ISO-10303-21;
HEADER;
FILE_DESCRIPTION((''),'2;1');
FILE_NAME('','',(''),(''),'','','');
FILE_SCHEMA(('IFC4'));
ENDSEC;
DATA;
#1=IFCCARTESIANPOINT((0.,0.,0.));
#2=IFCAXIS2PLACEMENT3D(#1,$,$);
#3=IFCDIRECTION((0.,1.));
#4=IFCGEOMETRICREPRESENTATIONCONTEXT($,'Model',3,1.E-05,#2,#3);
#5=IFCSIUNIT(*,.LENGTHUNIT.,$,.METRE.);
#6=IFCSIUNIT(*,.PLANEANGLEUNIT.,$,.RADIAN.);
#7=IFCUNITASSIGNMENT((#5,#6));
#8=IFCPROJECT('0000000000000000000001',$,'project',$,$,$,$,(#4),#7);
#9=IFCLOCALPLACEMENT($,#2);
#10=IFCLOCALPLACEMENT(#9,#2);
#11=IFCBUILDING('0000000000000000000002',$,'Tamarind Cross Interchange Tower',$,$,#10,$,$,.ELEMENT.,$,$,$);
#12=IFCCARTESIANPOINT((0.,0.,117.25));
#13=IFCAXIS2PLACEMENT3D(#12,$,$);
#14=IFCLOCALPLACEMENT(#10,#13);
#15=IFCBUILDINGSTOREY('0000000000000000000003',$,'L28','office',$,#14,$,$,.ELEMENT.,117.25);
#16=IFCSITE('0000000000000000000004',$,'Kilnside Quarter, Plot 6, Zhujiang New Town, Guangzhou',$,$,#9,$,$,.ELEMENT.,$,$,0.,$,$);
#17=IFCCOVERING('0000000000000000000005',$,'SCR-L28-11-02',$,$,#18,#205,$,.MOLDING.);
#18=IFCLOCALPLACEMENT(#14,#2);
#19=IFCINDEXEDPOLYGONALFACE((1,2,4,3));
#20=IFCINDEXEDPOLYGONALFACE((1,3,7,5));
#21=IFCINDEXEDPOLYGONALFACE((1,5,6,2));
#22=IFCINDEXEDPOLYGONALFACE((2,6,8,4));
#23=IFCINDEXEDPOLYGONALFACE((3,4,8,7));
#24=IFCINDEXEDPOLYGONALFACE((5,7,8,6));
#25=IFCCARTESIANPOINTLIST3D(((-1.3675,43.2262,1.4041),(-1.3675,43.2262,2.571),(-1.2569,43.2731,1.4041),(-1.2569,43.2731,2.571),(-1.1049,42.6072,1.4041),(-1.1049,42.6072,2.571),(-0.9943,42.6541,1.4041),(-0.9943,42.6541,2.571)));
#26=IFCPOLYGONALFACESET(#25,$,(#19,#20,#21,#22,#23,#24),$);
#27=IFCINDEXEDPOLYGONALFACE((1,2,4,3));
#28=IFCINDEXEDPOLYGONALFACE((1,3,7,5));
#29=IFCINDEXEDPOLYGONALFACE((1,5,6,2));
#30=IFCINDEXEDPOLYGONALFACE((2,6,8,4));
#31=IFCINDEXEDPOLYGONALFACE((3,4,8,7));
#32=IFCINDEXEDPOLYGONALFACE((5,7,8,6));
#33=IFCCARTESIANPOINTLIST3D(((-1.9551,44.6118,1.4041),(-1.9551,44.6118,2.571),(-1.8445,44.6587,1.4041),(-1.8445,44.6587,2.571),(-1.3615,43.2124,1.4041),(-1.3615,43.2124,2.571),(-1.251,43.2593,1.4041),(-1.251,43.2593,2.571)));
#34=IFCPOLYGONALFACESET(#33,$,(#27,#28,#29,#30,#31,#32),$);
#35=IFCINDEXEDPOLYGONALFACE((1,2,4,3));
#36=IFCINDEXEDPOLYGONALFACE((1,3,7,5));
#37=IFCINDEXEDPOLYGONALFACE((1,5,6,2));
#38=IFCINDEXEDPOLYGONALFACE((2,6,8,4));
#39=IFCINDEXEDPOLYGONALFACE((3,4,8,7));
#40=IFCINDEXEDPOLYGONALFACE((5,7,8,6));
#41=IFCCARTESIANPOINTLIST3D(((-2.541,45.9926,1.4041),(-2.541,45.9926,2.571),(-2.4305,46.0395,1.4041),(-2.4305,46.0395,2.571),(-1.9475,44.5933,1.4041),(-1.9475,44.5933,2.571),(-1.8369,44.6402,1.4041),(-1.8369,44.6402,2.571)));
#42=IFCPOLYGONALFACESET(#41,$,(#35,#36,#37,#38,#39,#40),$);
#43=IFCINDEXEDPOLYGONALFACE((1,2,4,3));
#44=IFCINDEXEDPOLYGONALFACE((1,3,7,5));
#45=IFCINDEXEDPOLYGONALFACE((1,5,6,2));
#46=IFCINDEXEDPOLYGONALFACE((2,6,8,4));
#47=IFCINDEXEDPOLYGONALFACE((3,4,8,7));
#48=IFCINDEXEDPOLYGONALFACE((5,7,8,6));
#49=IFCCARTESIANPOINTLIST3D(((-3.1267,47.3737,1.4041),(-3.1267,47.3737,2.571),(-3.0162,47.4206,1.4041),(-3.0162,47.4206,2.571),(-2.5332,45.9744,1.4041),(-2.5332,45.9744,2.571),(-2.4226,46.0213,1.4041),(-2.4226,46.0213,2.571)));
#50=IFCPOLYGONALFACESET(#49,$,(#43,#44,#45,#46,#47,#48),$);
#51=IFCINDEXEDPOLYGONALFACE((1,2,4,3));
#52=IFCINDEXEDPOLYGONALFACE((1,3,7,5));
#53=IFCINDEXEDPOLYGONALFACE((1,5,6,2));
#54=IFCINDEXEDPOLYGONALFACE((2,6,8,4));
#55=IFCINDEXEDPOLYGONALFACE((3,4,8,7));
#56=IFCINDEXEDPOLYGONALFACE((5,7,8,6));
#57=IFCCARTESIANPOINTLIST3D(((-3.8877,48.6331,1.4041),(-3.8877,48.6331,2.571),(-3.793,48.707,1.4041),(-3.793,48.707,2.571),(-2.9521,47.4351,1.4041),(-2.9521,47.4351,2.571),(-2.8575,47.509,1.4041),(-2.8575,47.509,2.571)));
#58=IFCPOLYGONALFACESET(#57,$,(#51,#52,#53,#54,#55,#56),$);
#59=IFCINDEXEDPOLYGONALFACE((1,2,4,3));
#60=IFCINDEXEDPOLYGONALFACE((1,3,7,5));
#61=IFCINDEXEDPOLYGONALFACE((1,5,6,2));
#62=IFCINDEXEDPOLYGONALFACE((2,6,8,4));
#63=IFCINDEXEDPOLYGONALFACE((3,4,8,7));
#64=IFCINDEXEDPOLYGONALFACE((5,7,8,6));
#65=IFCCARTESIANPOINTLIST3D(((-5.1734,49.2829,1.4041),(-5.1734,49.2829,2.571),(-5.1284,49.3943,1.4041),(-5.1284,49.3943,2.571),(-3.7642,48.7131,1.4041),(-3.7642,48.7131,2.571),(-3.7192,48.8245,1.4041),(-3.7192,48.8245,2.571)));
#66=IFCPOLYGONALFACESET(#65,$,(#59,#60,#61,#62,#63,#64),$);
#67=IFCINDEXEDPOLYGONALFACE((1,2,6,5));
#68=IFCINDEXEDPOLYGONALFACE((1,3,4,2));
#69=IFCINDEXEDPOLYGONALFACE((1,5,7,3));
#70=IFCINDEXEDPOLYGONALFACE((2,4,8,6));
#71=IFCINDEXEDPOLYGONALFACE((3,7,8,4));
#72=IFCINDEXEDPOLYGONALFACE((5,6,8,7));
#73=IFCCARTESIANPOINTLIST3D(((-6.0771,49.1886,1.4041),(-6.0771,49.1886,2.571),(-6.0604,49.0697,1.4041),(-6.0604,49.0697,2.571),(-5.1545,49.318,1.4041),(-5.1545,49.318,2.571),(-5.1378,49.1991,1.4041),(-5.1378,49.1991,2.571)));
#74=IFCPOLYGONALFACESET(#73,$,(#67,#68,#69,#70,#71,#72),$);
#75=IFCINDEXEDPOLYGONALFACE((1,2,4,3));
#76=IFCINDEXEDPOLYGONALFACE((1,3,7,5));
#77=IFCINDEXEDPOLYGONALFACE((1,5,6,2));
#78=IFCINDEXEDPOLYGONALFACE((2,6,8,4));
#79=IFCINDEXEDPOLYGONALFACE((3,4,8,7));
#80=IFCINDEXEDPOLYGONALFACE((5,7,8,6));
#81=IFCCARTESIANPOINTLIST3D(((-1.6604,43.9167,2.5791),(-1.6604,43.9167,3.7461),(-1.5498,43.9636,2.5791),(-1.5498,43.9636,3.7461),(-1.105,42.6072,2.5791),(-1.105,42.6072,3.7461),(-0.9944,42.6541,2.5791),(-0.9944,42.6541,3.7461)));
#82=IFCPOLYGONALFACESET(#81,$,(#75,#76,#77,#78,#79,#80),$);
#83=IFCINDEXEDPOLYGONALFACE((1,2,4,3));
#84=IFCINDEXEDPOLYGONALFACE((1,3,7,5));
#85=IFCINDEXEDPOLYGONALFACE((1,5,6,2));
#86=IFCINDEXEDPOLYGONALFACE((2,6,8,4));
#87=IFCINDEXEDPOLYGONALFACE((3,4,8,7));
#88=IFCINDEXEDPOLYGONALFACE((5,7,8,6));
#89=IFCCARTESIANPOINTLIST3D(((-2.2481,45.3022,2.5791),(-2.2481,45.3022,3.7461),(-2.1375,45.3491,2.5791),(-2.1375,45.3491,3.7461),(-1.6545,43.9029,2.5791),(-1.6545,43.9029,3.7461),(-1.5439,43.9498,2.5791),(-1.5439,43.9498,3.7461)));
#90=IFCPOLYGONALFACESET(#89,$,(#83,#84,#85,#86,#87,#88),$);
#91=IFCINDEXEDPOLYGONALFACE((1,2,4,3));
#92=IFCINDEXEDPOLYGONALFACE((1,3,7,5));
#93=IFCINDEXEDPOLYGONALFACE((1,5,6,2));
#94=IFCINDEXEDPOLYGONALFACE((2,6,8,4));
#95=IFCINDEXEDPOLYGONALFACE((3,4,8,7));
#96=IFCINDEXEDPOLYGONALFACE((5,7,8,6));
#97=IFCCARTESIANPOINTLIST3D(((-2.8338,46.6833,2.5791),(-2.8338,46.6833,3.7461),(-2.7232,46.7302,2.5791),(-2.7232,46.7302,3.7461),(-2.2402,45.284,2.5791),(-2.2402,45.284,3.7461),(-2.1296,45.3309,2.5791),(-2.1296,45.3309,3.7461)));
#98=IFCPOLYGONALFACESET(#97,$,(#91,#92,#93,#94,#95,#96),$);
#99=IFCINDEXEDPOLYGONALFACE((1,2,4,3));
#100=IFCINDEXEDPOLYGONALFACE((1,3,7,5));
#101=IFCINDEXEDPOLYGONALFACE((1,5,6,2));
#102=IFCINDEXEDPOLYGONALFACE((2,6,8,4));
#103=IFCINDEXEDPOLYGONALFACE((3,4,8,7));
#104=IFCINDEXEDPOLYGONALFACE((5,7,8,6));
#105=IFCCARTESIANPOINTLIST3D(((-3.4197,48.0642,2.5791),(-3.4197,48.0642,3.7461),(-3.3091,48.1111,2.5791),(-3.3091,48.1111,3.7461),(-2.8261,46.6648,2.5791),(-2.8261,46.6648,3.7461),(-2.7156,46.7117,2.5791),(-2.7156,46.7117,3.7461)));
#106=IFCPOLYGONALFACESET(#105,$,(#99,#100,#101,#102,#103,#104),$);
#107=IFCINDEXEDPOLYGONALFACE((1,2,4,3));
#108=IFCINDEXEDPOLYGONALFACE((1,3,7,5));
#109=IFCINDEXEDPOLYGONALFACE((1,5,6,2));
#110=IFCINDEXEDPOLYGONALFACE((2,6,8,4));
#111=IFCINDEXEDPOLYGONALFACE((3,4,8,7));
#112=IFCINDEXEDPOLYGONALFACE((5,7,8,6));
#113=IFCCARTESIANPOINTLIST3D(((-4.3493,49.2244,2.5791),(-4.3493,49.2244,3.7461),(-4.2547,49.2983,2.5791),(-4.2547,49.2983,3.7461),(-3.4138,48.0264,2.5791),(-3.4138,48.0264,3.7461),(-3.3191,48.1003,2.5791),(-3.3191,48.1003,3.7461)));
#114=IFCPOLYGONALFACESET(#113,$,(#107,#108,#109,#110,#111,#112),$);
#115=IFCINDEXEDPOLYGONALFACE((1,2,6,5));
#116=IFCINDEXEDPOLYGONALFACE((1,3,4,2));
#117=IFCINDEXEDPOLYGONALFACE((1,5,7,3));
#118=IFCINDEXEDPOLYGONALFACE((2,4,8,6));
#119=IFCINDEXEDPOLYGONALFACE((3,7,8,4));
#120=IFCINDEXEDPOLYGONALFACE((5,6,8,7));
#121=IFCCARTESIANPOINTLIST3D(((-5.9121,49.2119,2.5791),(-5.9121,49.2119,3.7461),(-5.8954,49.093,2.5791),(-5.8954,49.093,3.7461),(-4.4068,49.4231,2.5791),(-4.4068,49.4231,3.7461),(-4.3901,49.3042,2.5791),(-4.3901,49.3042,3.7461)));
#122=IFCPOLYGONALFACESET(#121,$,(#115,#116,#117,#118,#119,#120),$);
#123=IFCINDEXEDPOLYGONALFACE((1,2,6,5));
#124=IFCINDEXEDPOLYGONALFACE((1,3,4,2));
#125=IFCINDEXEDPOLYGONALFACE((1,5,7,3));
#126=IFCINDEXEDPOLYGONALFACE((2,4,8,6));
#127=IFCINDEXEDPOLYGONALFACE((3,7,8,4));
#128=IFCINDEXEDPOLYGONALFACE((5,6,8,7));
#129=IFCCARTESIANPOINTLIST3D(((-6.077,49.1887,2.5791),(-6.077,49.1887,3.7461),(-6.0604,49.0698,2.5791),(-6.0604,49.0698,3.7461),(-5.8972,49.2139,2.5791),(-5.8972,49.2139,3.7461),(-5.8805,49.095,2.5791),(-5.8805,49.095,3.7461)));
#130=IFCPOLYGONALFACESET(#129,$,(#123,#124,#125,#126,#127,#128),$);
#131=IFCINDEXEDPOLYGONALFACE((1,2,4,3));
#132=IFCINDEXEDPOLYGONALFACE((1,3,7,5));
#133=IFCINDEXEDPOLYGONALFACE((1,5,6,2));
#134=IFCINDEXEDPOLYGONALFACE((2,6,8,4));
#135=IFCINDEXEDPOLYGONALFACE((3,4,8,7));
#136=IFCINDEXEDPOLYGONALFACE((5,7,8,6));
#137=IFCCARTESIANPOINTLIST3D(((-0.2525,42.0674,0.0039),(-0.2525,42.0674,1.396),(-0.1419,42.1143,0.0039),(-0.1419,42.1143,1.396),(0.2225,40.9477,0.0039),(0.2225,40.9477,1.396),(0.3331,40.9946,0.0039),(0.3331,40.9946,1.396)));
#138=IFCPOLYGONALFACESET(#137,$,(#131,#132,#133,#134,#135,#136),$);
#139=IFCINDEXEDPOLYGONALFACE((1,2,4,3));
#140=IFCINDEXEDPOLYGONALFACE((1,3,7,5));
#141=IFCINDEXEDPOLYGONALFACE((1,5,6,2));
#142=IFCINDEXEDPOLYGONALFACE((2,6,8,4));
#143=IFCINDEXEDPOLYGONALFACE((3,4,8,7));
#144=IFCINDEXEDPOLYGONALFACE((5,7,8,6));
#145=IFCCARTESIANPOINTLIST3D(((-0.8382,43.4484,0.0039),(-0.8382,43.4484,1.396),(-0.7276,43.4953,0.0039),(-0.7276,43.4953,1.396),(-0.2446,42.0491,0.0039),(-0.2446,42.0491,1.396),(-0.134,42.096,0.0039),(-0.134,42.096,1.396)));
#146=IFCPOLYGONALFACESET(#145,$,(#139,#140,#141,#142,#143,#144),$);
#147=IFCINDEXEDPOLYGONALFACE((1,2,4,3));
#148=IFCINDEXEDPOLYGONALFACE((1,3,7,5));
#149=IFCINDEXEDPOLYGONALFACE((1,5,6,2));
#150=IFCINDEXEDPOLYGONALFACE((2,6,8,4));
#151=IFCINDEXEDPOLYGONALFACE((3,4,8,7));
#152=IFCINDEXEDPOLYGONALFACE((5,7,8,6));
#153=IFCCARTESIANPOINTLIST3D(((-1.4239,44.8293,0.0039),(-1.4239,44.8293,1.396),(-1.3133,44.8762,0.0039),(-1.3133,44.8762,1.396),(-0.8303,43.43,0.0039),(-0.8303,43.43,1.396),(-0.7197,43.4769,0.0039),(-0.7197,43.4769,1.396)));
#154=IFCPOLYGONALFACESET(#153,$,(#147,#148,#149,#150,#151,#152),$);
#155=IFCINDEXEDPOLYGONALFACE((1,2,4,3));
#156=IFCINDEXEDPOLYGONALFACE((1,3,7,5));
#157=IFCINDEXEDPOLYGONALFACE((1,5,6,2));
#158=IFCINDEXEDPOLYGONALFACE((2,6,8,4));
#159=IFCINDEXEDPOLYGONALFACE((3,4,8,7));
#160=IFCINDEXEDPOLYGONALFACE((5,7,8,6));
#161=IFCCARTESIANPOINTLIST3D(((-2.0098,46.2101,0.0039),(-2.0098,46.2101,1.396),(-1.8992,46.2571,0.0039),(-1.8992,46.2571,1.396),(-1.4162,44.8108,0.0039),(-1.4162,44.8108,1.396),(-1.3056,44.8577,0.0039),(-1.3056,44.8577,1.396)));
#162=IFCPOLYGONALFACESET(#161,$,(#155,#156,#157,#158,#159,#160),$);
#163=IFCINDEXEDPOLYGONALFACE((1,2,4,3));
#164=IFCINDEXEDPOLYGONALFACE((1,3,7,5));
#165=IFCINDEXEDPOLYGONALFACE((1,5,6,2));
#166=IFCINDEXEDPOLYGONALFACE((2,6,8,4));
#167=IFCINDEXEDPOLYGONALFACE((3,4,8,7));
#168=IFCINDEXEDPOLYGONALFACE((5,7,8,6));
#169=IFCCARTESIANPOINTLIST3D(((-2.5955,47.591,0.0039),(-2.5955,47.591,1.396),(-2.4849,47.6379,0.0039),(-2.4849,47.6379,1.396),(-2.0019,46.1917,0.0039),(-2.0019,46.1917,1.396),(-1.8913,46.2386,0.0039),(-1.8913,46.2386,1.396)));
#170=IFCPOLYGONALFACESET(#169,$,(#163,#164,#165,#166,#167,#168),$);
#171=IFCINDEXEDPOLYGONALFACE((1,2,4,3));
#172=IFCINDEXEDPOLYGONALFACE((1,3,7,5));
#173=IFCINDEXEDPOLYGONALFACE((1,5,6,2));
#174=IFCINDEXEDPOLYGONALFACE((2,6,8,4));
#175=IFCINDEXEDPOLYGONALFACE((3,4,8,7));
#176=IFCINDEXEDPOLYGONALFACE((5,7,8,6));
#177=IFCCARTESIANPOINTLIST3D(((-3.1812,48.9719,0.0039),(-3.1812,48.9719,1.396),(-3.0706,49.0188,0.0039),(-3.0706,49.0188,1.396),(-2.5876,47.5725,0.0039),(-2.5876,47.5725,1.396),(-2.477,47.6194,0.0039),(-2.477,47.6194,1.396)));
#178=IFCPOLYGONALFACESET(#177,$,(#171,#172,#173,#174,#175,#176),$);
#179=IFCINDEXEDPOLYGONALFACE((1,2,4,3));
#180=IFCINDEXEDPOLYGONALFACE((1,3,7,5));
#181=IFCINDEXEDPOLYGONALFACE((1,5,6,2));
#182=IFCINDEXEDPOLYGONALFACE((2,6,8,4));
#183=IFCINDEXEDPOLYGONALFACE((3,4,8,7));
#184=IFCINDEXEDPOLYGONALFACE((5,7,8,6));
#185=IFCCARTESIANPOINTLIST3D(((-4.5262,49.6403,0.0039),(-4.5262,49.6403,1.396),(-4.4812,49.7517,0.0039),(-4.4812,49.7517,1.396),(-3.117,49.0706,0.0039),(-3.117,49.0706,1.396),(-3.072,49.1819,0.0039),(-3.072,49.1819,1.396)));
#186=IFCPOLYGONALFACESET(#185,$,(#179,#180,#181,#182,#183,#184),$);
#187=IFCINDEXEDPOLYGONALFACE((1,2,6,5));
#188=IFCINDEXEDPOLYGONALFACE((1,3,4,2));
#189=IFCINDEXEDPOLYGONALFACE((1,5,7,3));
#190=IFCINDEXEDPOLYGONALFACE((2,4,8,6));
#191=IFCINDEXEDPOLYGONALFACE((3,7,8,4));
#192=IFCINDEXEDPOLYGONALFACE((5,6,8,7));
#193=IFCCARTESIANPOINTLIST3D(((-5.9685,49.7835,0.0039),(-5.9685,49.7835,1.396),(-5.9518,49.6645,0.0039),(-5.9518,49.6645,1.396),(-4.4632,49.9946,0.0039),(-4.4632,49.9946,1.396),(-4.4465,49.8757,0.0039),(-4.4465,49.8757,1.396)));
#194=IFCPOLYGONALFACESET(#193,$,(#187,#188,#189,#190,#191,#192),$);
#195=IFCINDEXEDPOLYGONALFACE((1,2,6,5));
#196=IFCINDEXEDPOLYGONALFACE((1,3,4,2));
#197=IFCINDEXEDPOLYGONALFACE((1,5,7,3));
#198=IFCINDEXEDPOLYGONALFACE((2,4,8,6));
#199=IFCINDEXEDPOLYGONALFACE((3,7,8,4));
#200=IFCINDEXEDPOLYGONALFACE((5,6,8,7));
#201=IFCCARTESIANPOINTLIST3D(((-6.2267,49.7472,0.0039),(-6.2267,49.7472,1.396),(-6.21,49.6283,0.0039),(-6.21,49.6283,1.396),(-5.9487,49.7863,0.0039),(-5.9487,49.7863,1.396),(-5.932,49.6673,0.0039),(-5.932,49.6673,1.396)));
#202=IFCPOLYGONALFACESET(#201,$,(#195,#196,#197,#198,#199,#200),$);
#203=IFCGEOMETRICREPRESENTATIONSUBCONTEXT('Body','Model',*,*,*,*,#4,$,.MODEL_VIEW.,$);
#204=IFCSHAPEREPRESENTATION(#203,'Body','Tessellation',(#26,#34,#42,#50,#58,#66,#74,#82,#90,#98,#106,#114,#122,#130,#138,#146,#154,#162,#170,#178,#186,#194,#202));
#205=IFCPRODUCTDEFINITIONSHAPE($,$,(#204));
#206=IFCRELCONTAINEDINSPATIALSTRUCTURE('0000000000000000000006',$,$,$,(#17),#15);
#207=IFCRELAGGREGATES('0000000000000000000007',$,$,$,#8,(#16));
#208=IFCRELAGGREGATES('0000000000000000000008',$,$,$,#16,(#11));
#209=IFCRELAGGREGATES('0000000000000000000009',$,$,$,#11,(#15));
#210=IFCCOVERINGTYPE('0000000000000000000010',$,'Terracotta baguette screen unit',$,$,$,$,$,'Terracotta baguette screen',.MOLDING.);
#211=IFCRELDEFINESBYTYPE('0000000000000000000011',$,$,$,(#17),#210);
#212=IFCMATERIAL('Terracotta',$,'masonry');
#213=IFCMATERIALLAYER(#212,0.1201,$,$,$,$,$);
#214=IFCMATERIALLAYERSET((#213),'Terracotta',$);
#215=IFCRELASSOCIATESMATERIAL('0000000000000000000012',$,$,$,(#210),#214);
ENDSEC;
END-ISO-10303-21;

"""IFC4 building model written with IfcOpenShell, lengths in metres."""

from ifc_helpers import new_model, si_unit, direction, frame, origin, origin_2d, place, context, subcontext, project, spatial, rectangle, extrude, material, layer, layer_set, type_object, element, save


model = new_model("IFC4")

# Units and contexts
model_context = context("Model", 3, precision=1e-05, world=origin(), true_north=direction((0.0, 1.0)))
body_context = subcontext(model_context, "Body", "Model", "MODEL_VIEW")
ifc_project = project(units=[si_unit("LENGTHUNIT", "METRE"), si_unit("PLANEANGLEUNIT", "RADIAN")], contexts=[model_context])

# Site, building, storey
site_placement = place(None, origin())
site = spatial("IfcSite", under=ifc_project, at=site_placement, Name="Kilnside Quarter, Plot 6, Zhujiang New Town, Guangzhou", CompositionType="ELEMENT", RefElevation=0.0)
building_placement = place(site_placement, origin())
building = spatial("IfcBuilding", under=site, at=building_placement, Name="Tamarind Cross Interchange Tower", CompositionType="ELEMENT")
storey_placement = place(building_placement, frame((0.0, 0.0, 117.25)))
storey = spatial("IfcBuildingStorey", under=building, at=storey_placement, Name="L28", Description="office", CompositionType="ELEMENT", Elevation=117.25)

# Covering
ifc_material_1 = material(Name="Terracotta", Category="masonry")
ifc_layer_1 = layer(ifc_material_1, 0.1201)
ifc_layer_set_1 = layer_set([ifc_layer_1], Name="Terracotta")
covering_type = type_object("IfcCoveringType", Name="Terracotta baguette screen unit", ElementType="Terracotta baguette screen", PredefinedType="MOLDING", material=ifc_layer_set_1)
covering_1_placement = place(storey_placement, origin())
element("IfcCovering", 1, at=covering_1_placement, inside=storey, type_object=covering_type, Name="SCR-L28-11-02", PredefinedType="MOLDING", context=body_context, shape_type="SweptSolid", body=[
    extrude(rectangle(XDim=0.6724, YDim=0.1201, at=origin_2d()), frame((-1.1809, 42.9402, 1.4041), z_axis=(0.0, 0.0, 1.0), x_axis=(-0.3905, 0.920603, 0.0)), (0.0, 0.0, 1.0), 1.167),
    extrude(rectangle(XDim=1.52, YDim=0.1201, at=origin_2d()), frame((-1.603, 43.9355, 1.4041), z_axis=(0.0, 0.0, 1.0), x_axis=(-0.3905, 0.920603, 0.0)), (0.0, 0.0, 1.0), 1.167),
    extrude(rectangle(XDim=1.52, YDim=0.1201, at=origin_2d()), frame((-2.189, 45.3164, 1.4041), z_axis=(0.0, 0.0, 1.0), x_axis=(-0.3905, 0.920603, 0.0)), (0.0, 0.0, 1.0), 1.167),
    extrude(rectangle(XDim=1.52, YDim=0.1201, at=origin_2d()), frame((-2.7747, 46.6975, 1.4041), z_axis=(0.0, 0.0, 1.0), x_axis=(-0.3905, 0.920603, 0.0)), (0.0, 0.0, 1.0), 1.167),
    extrude(rectangle(XDim=1.52, YDim=0.1201, at=origin_2d()), frame((-3.3726, 48.071, 1.4041), z_axis=(0.0, 0.0, 1.0), x_axis=(-0.615463, 0.788165, 0.0)), (0.0, 0.0, 1.0), 1.167),
    extrude(rectangle(XDim=1.52, YDim=0.1201, at=origin_2d()), frame((-4.4463, 49.0537, 1.4041), z_axis=(0.0, 0.0, 1.0), x_axis=(-0.92709, 0.37484, 0.0)), (0.0, 0.0, 1.0), 1.167),
    extrude(rectangle(XDim=0.9316, YDim=0.1201, at=origin_2d()), frame((-5.6074, 49.1938, 1.4041), z_axis=(0.0, 0.0, 1.0), x_axis=(-0.990303, -0.138924, 0.0)), (0.0, 0.0, 1.0), 1.167),
    extrude(rectangle(XDim=1.4224, YDim=0.1201, at=origin_2d()), frame((-1.3274, 43.2854, 2.5791), z_axis=(0.0, 0.0, 1.0), x_axis=(-0.3905, 0.920603, 0.0)), (0.0, 0.0, 1.0), 1.167),
    extrude(rectangle(XDim=1.52, YDim=0.1201, at=origin_2d()), frame((-1.896, 44.626, 2.5791), z_axis=(0.0, 0.0, 1.0), x_axis=(-0.3905, 0.920603, 0.0)), (0.0, 0.0, 1.0), 1.167),
    extrude(rectangle(XDim=1.52, YDim=0.1201, at=origin_2d()), frame((-2.4817, 46.0071, 2.5791), z_axis=(0.0, 0.0, 1.0), x_axis=(-0.3905, 0.920603, 0.0)), (0.0, 0.0, 1.0), 1.167),
    extrude(rectangle(XDim=1.52, YDim=0.1201, at=origin_2d()), frame((-3.0676, 47.3879, 2.5791), z_axis=(0.0, 0.0, 1.0), x_axis=(-0.3905, 0.920603, 0.0)), (0.0, 0.0, 1.0), 1.167),
    extrude(rectangle(XDim=1.52, YDim=0.1201, at=origin_2d()), frame((-3.8342, 48.6624, 2.5791), z_axis=(0.0, 0.0, 1.0), x_axis=(-0.615463, 0.788165, 0.0)), (0.0, 0.0, 1.0), 1.167),
    extrude(rectangle(XDim=1.52, YDim=0.1201, at=origin_2d()), frame((-5.1511, 49.2581, 2.5791), z_axis=(0.0, 0.0, 1.0), x_axis=(-0.990303, -0.138924, 0.0)), (0.0, 0.0, 1.0), 1.167),
    extrude(rectangle(XDim=0.1816, YDim=0.1201, at=origin_2d()), frame((-5.9788, 49.1418, 2.5791), z_axis=(0.0, 0.0, 1.0), x_axis=(-0.990303, -0.138924, 0.0)), (0.0, 0.0, 1.0), 1.167),
    extrude(rectangle(XDim=1.2163, YDim=0.1201, at=origin_2d()), frame((0.0403, 41.531, 0.0039), z_axis=(0.0, 0.0, 1.0), x_axis=(-0.3905, 0.920603, 0.0)), (0.0, 0.0, 1.0), 1.3921),
    extrude(rectangle(XDim=1.52, YDim=0.1201, at=origin_2d()), frame((-0.4861, 42.7722, 0.0039), z_axis=(0.0, 0.0, 1.0), x_axis=(-0.3905, 0.920603, 0.0)), (0.0, 0.0, 1.0), 1.3921),
    extrude(rectangle(XDim=1.52, YDim=0.1201, at=origin_2d()), frame((-1.0718, 44.1531, 0.0039), z_axis=(0.0, 0.0, 1.0), x_axis=(-0.3905, 0.920603, 0.0)), (0.0, 0.0, 1.0), 1.3921),
    extrude(rectangle(XDim=1.52, YDim=0.1201, at=origin_2d()), frame((-1.6577, 45.5339, 0.0039), z_axis=(0.0, 0.0, 1.0), x_axis=(-0.3905, 0.920603, 0.0)), (0.0, 0.0, 1.0), 1.3921),
    extrude(rectangle(XDim=1.52, YDim=0.1201, at=origin_2d()), frame((-2.2434, 46.9148, 0.0039), z_axis=(0.0, 0.0, 1.0), x_axis=(-0.3905, 0.920603, 0.0)), (0.0, 0.0, 1.0), 1.3921),
    extrude(rectangle(XDim=1.52, YDim=0.1201, at=origin_2d()), frame((-2.8291, 48.2957, 0.0039), z_axis=(0.0, 0.0, 1.0), x_axis=(-0.3905, 0.920603, 0.0)), (0.0, 0.0, 1.0), 1.3921),
    extrude(rectangle(XDim=1.52, YDim=0.1201, at=origin_2d()), frame((-3.7991, 49.4111, 0.0039), z_axis=(0.0, 0.0, 1.0), x_axis=(-0.92709, 0.37484, 0.0)), (0.0, 0.0, 1.0), 1.3921),
    extrude(rectangle(XDim=1.52, YDim=0.1201, at=origin_2d()), frame((-5.2075, 49.8296, 0.0039), z_axis=(0.0, 0.0, 1.0), x_axis=(-0.990303, -0.138924, 0.0)), (0.0, 0.0, 1.0), 1.3921),
    extrude(rectangle(XDim=0.2808, YDim=0.1201, at=origin_2d()), frame((-6.0793, 49.7073, 0.0039), z_axis=(0.0, 0.0, 1.0), x_axis=(-0.990303, -0.138924, 0.0)), (0.0, 0.0, 1.0), 1.3921),
])

save(model, "model.ifc")
